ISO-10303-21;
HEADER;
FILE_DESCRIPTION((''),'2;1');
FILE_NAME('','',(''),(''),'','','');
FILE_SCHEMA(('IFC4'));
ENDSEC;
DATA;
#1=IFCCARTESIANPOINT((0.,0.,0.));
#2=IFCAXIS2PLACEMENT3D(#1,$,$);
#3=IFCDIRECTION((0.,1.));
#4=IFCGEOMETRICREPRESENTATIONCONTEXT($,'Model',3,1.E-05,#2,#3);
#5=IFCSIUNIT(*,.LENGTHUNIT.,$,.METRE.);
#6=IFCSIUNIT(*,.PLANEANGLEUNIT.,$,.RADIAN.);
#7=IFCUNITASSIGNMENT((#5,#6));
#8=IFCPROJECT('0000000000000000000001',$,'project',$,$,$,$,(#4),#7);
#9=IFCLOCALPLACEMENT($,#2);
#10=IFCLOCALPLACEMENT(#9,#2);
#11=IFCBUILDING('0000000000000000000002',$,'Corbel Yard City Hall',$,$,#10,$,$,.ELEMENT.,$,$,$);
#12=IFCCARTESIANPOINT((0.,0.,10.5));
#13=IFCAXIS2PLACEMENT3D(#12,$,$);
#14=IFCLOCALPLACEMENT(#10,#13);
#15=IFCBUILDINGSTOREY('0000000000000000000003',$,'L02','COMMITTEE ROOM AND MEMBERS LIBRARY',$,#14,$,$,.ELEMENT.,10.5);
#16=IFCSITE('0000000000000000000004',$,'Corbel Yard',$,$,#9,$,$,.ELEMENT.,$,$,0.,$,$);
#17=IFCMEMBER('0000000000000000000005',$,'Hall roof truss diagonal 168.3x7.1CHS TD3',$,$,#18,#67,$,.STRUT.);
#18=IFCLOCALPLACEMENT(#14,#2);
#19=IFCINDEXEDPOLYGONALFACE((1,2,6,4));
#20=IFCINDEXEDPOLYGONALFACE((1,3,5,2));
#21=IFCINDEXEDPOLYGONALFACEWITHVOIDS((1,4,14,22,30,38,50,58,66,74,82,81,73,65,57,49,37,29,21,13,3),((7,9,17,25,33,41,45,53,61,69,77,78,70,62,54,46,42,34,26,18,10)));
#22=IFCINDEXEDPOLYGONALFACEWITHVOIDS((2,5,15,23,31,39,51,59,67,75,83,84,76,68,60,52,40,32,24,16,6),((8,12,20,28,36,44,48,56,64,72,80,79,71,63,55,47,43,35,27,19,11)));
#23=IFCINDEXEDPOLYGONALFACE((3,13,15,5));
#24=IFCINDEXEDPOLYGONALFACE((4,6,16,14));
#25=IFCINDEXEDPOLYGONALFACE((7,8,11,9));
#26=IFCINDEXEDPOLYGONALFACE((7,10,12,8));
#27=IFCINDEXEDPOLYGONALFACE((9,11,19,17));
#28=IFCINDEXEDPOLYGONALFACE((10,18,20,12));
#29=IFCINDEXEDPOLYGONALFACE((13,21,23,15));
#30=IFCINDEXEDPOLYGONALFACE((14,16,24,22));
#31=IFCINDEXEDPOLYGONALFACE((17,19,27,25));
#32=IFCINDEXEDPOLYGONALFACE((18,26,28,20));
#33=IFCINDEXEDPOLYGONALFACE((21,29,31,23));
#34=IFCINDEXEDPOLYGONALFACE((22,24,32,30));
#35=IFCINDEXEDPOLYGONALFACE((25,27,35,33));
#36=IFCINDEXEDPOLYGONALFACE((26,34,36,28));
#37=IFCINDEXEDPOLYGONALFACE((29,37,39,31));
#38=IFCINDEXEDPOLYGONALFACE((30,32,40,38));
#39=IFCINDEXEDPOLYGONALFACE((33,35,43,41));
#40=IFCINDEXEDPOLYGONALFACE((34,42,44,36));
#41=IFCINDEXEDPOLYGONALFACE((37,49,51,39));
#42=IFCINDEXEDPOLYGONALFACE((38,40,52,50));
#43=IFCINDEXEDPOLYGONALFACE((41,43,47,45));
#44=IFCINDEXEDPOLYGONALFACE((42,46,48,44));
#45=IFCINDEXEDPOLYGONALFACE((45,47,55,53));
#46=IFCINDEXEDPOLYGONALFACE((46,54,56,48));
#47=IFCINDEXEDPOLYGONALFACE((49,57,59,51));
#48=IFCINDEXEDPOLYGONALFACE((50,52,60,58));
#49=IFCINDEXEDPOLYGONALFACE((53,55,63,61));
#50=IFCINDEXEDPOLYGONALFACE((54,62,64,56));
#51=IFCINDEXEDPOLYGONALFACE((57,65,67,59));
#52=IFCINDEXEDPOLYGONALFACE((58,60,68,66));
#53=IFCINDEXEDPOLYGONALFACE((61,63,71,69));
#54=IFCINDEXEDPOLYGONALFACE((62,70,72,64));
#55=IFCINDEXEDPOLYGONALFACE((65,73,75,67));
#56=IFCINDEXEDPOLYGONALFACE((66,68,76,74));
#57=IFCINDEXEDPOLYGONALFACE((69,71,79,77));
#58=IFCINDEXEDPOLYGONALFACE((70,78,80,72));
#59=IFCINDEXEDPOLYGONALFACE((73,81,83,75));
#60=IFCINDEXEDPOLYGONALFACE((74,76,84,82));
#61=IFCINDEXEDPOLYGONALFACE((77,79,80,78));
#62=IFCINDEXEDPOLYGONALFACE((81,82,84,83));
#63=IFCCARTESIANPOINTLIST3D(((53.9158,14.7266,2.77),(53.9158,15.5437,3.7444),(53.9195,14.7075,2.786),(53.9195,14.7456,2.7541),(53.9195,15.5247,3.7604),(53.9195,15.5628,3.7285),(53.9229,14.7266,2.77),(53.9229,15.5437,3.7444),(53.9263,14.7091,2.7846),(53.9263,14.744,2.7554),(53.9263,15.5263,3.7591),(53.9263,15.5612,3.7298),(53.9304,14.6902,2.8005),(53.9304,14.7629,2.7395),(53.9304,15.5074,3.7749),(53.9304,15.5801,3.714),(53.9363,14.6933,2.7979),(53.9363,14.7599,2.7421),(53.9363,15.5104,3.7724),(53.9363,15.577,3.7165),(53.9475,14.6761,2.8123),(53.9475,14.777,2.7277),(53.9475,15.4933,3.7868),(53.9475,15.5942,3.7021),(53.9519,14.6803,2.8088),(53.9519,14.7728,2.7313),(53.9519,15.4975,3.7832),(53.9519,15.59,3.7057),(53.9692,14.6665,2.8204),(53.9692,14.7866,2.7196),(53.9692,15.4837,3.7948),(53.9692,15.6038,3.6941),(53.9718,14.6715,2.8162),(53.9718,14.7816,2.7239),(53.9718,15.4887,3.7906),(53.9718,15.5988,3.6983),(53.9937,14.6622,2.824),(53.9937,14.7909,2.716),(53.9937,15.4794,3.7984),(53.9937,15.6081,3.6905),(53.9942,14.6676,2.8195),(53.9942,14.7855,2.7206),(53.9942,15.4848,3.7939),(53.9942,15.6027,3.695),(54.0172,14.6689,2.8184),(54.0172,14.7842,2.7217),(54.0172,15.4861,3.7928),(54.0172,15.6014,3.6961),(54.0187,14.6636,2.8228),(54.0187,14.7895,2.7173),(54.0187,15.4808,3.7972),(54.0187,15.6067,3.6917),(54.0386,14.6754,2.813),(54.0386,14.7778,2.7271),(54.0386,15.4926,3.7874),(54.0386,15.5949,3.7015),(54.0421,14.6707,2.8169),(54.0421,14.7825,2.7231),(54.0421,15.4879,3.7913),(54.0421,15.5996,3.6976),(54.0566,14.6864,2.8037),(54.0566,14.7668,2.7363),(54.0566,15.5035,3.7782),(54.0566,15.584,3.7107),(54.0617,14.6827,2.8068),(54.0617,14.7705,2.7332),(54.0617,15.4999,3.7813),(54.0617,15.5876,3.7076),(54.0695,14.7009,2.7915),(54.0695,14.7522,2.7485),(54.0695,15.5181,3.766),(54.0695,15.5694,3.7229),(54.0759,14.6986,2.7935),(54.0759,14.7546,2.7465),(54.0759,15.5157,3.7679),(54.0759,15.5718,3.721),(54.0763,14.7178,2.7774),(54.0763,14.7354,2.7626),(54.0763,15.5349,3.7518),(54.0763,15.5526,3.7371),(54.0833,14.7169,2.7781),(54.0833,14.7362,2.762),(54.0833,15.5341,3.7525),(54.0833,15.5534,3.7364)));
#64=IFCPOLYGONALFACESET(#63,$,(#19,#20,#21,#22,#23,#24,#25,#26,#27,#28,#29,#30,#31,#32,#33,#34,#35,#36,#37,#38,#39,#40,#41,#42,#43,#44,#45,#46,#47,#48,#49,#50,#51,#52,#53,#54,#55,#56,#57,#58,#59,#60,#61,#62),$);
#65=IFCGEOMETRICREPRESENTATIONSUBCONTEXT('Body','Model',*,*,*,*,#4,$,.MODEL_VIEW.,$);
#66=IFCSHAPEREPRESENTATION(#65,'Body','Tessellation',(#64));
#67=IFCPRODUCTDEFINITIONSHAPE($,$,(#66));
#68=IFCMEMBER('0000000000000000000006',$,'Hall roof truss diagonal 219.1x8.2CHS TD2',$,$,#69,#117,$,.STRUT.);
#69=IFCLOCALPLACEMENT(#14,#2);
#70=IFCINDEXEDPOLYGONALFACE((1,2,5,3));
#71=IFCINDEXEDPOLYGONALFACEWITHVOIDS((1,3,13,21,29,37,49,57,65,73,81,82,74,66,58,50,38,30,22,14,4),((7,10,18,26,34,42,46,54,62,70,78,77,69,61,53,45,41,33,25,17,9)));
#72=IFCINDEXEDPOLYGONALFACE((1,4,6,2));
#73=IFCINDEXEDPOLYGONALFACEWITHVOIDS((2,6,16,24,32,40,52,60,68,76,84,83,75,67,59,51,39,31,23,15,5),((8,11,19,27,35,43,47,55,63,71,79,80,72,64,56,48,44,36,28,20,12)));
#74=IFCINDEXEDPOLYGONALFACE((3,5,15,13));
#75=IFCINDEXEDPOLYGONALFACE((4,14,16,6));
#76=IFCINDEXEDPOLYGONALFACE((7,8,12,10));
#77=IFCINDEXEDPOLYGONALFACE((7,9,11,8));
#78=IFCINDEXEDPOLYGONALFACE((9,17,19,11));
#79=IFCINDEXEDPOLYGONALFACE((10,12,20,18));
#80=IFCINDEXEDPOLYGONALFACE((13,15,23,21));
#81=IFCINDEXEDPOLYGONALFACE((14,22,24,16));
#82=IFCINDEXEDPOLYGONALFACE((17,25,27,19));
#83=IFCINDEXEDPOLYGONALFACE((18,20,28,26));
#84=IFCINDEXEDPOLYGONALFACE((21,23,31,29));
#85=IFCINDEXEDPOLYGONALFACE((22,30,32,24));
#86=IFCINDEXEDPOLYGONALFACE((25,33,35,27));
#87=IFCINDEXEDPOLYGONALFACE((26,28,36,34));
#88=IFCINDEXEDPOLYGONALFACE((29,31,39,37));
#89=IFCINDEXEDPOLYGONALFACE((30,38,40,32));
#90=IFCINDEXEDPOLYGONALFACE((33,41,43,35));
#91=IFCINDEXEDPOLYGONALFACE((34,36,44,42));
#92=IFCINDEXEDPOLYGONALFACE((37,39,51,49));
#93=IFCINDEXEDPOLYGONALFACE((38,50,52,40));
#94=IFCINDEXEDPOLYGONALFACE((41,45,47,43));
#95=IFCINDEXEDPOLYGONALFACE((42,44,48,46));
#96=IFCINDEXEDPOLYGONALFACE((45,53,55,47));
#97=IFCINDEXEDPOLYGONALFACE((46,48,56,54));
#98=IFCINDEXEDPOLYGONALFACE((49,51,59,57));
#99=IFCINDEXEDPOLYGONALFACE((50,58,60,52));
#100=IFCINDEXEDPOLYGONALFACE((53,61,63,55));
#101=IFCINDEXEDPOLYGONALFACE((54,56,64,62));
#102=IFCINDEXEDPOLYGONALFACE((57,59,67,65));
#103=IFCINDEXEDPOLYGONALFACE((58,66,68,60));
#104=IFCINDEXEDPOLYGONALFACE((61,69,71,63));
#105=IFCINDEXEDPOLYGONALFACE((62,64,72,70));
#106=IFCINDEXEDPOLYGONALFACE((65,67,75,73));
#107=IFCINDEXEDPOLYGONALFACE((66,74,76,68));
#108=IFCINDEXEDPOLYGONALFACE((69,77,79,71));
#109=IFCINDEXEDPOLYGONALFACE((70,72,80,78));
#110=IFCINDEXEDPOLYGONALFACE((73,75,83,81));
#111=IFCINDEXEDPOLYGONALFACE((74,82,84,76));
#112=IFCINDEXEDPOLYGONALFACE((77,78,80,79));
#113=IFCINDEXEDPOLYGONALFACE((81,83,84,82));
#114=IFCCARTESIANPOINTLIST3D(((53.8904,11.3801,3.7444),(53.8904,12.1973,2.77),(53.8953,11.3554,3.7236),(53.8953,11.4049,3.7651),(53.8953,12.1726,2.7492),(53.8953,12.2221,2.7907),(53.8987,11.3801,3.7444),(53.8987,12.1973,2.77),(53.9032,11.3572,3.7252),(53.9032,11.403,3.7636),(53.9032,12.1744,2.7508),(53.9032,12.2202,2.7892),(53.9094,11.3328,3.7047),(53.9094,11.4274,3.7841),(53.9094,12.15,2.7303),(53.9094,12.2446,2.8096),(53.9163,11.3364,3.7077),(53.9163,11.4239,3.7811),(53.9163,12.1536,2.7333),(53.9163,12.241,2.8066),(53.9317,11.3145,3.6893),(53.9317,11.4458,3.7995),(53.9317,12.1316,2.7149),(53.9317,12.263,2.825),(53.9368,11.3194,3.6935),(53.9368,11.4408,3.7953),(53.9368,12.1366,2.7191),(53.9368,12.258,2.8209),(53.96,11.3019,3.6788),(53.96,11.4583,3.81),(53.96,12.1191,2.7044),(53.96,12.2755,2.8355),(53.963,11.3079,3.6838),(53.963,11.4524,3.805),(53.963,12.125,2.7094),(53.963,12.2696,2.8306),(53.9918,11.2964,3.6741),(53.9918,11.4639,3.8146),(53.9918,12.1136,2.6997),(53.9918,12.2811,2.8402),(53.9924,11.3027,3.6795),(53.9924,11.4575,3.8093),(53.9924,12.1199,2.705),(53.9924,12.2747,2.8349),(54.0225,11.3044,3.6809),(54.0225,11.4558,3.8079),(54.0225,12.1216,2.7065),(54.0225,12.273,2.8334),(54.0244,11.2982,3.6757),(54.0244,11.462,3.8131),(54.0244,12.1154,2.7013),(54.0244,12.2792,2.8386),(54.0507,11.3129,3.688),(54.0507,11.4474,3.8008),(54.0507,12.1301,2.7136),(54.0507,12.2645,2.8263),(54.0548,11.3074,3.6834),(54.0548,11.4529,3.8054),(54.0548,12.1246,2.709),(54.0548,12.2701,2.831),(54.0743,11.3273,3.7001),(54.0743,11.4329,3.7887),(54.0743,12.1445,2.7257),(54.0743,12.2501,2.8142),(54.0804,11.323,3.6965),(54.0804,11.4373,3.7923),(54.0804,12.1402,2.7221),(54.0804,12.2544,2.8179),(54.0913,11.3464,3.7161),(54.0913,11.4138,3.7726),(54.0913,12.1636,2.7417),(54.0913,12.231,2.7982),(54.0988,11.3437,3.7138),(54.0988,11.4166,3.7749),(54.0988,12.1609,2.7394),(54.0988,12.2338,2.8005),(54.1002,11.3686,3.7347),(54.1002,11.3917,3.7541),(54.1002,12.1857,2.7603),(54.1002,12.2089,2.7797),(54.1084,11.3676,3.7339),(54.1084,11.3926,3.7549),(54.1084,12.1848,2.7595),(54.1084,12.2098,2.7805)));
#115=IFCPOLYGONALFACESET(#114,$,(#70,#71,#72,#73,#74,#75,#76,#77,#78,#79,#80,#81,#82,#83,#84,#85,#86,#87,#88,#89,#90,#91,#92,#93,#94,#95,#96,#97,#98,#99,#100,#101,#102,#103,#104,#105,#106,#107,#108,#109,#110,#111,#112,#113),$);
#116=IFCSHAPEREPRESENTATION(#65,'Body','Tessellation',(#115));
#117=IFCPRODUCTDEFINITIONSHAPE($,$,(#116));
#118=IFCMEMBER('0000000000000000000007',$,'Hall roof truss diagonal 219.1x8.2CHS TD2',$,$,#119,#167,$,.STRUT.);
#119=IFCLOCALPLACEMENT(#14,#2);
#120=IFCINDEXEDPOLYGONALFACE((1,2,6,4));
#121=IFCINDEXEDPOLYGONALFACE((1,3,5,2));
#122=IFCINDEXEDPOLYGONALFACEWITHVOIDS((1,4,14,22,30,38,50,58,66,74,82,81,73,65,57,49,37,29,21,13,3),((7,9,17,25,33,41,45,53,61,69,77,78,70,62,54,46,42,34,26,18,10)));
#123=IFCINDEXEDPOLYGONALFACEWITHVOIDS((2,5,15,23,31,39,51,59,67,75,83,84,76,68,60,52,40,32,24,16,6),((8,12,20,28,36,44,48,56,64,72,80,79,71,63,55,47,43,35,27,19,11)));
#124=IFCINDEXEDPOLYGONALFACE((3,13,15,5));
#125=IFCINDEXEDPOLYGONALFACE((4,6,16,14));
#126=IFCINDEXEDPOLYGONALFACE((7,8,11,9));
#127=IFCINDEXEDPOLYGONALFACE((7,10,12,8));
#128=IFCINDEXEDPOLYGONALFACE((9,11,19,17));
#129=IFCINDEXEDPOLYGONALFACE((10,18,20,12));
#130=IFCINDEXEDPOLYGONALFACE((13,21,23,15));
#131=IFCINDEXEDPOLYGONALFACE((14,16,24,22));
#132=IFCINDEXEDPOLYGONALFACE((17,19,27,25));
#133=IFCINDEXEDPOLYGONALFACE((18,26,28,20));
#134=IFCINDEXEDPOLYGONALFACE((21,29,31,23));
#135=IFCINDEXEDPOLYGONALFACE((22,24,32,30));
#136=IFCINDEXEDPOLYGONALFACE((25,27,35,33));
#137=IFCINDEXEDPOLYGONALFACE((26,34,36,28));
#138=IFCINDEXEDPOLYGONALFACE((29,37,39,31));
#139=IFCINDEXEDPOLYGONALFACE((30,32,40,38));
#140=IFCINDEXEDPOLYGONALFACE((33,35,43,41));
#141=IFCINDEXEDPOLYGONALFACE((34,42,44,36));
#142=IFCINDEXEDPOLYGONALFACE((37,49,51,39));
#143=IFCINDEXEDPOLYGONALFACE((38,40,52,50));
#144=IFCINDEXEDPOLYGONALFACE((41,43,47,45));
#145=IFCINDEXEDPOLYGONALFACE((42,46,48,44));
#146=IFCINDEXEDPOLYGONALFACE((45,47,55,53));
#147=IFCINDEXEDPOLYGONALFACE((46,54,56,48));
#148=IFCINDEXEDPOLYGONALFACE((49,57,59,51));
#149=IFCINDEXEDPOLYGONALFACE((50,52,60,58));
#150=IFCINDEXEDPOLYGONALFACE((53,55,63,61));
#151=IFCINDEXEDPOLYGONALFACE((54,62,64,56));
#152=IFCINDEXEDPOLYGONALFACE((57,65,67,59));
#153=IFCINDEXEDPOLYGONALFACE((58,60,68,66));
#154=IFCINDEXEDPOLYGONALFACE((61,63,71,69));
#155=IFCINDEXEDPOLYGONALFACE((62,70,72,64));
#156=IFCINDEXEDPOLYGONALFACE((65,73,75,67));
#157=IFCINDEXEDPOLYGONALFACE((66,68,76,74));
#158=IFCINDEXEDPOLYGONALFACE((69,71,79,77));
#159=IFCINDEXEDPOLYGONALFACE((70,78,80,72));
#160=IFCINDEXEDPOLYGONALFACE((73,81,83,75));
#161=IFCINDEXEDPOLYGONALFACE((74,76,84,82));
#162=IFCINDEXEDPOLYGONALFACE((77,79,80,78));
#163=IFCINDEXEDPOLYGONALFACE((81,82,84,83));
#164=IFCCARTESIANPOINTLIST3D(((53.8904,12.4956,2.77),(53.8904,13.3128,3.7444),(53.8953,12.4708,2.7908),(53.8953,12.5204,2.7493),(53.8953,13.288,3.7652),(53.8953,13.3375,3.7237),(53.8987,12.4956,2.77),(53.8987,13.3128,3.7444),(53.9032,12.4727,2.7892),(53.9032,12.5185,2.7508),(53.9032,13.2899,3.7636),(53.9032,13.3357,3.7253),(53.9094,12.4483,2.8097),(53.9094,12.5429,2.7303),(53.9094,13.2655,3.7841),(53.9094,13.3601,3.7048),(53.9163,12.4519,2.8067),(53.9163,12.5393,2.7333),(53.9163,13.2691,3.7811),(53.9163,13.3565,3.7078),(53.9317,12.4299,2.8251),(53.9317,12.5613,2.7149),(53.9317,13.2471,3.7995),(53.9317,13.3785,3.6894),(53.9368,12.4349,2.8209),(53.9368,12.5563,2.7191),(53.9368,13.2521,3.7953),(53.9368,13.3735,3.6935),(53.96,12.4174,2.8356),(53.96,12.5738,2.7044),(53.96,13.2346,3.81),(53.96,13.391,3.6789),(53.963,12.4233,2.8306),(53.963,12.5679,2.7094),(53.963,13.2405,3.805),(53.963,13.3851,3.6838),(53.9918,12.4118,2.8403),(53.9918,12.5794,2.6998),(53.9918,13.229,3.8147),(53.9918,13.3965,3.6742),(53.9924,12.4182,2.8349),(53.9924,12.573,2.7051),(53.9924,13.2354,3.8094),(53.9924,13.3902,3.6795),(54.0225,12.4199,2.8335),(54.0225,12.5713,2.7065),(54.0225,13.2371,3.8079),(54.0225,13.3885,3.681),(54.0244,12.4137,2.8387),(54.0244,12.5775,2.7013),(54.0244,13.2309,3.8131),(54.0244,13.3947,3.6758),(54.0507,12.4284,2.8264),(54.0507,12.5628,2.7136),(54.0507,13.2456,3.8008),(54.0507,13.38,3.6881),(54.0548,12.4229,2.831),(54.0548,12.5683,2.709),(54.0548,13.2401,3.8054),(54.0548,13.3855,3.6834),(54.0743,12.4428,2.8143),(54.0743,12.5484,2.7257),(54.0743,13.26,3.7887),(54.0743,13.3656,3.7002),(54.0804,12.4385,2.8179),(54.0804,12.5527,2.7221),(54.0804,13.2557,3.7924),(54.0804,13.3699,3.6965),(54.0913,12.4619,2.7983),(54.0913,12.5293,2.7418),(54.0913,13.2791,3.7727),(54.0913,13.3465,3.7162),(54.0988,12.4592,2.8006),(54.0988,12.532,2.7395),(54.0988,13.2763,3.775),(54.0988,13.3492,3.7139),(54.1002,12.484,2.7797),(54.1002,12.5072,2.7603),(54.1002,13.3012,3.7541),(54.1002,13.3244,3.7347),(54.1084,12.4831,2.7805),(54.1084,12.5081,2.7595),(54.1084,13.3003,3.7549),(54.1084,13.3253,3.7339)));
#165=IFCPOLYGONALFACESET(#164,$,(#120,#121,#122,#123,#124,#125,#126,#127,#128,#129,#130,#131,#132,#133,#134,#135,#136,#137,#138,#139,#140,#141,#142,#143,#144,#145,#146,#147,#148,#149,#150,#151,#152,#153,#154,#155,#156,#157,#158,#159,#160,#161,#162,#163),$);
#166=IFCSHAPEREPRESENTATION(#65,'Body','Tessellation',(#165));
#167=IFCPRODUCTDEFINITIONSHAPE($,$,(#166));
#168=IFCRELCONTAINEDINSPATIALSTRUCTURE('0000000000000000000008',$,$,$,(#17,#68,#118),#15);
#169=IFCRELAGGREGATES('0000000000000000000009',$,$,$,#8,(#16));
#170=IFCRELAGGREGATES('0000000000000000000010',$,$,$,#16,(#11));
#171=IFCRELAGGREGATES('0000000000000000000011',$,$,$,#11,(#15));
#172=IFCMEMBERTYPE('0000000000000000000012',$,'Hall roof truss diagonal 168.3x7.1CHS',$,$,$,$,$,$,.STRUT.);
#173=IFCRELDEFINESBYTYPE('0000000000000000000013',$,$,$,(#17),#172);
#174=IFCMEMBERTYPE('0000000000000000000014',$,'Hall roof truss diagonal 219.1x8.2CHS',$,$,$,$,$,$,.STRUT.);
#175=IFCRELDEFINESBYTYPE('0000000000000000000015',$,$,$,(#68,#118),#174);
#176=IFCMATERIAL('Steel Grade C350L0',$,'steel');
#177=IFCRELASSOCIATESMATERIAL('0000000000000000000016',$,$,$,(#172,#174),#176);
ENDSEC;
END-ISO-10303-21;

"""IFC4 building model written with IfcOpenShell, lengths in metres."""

from ifc_helpers import new_model, si_unit, direction, frame, origin, origin_2d, place, context, subcontext, project, spatial, hollow_circle, extrude, material, material_profile, profile_set, type_object, element, save


model = new_model("IFC4")

# Units and contexts
model_context = context("Model", 3, precision=1e-05, world=origin(), true_north=direction((0.0, 1.0)))
body_context = subcontext(model_context, "Body", "Model", "MODEL_VIEW")
ifc_project = project(units=[si_unit("LENGTHUNIT", "METRE"), si_unit("PLANEANGLEUNIT", "RADIAN")], contexts=[model_context])

# Site, building, storey
site_placement = place(None, origin())
site = spatial("IfcSite", under=ifc_project, at=site_placement, Name="Corbel Yard", CompositionType="ELEMENT", RefElevation=0.0)
building_placement = place(site_placement, origin())
building = spatial("IfcBuilding", under=site, at=building_placement, Name="Corbel Yard City Hall", CompositionType="ELEMENT")
storey_placement = place(building_placement, frame((0.0, 0.0, 10.5)))
storey = spatial("IfcBuildingStorey", under=building, at=storey_placement, Name="L02", Description="COMMITTEE ROOM AND MEMBERS LIBRARY", CompositionType="ELEMENT", Elevation=10.5)

# Members
ifc_material_1 = material(Name="Steel Grade C350L0", Category="steel")
ifc_material_profile_1 = material_profile(ifc_material_1, hollow_circle(Radius=0.0842, WallThickness=0.0071, at=origin_2d()), Name="168.3x7.1CHS")
ifc_profile_set_1 = profile_set([ifc_material_profile_1], Name="Steel Grade C350L0")
member_type_1 = type_object("IfcMemberType", Name="Hall roof truss diagonal 168.3x7.1CHS", PredefinedType="STRUT", material=ifc_profile_set_1)
for number, where, z_axis, x_axis, name in (
    (1, (54.0, 14.7266, 2.77), (0.0, 0.64258, 0.766219), (-1.0, 0.0, 0.0), "Hall roof truss diagonal 168.3x7.1CHS TD3"),
):
    element("IfcMember", number, at=place(storey_placement, frame(where, z_axis=z_axis, x_axis=x_axis)), inside=storey, type_object=member_type_1, Name=name, PredefinedType="STRUT", context=body_context, shape_type="SweptSolid", body=[
        extrude(hollow_circle(Radius=0.0842, WallThickness=0.0071, at=origin_2d()), origin(), (0.0, 0.0, 1.0), 1.2717),
    ])
ifc_material_profile_2 = material_profile(ifc_material_1, hollow_circle(Radius=0.1096, WallThickness=0.0083, at=origin_2d()), Name="219.1x8.2CHS")
ifc_profile_set_2 = profile_set([ifc_material_profile_2], Name="Steel Grade C350L0")
member_type_2 = type_object("IfcMemberType", Name="Hall roof truss diagonal 219.1x8.2CHS", PredefinedType="STRUT", material=ifc_profile_set_2)
for number, where, z_axis, x_axis, name in (
    (2, (54.0, 11.3801, 3.7444), (0.0, 0.64258, -0.766219), (-1.0, 0.0, 0.0), "Hall roof truss diagonal 219.1x8.2CHS TD2"),
    (3, (54.0, 12.4956, 2.77), (0.0, 0.64258, 0.766219), (-1.0, 0.0, 0.0), "Hall roof truss diagonal 219.1x8.2CHS TD2"),
):
    element("IfcMember", number, at=place(storey_placement, frame(where, z_axis=z_axis, x_axis=x_axis)), inside=storey, type_object=member_type_2, Name=name, PredefinedType="STRUT", context=body_context, shape_type="SweptSolid", body=[
        extrude(hollow_circle(Radius=0.1096, WallThickness=0.0083, at=origin_2d()), origin(), (0.0, 0.0, 1.0), 1.2717),
    ])

save(model, "model.ifc")
